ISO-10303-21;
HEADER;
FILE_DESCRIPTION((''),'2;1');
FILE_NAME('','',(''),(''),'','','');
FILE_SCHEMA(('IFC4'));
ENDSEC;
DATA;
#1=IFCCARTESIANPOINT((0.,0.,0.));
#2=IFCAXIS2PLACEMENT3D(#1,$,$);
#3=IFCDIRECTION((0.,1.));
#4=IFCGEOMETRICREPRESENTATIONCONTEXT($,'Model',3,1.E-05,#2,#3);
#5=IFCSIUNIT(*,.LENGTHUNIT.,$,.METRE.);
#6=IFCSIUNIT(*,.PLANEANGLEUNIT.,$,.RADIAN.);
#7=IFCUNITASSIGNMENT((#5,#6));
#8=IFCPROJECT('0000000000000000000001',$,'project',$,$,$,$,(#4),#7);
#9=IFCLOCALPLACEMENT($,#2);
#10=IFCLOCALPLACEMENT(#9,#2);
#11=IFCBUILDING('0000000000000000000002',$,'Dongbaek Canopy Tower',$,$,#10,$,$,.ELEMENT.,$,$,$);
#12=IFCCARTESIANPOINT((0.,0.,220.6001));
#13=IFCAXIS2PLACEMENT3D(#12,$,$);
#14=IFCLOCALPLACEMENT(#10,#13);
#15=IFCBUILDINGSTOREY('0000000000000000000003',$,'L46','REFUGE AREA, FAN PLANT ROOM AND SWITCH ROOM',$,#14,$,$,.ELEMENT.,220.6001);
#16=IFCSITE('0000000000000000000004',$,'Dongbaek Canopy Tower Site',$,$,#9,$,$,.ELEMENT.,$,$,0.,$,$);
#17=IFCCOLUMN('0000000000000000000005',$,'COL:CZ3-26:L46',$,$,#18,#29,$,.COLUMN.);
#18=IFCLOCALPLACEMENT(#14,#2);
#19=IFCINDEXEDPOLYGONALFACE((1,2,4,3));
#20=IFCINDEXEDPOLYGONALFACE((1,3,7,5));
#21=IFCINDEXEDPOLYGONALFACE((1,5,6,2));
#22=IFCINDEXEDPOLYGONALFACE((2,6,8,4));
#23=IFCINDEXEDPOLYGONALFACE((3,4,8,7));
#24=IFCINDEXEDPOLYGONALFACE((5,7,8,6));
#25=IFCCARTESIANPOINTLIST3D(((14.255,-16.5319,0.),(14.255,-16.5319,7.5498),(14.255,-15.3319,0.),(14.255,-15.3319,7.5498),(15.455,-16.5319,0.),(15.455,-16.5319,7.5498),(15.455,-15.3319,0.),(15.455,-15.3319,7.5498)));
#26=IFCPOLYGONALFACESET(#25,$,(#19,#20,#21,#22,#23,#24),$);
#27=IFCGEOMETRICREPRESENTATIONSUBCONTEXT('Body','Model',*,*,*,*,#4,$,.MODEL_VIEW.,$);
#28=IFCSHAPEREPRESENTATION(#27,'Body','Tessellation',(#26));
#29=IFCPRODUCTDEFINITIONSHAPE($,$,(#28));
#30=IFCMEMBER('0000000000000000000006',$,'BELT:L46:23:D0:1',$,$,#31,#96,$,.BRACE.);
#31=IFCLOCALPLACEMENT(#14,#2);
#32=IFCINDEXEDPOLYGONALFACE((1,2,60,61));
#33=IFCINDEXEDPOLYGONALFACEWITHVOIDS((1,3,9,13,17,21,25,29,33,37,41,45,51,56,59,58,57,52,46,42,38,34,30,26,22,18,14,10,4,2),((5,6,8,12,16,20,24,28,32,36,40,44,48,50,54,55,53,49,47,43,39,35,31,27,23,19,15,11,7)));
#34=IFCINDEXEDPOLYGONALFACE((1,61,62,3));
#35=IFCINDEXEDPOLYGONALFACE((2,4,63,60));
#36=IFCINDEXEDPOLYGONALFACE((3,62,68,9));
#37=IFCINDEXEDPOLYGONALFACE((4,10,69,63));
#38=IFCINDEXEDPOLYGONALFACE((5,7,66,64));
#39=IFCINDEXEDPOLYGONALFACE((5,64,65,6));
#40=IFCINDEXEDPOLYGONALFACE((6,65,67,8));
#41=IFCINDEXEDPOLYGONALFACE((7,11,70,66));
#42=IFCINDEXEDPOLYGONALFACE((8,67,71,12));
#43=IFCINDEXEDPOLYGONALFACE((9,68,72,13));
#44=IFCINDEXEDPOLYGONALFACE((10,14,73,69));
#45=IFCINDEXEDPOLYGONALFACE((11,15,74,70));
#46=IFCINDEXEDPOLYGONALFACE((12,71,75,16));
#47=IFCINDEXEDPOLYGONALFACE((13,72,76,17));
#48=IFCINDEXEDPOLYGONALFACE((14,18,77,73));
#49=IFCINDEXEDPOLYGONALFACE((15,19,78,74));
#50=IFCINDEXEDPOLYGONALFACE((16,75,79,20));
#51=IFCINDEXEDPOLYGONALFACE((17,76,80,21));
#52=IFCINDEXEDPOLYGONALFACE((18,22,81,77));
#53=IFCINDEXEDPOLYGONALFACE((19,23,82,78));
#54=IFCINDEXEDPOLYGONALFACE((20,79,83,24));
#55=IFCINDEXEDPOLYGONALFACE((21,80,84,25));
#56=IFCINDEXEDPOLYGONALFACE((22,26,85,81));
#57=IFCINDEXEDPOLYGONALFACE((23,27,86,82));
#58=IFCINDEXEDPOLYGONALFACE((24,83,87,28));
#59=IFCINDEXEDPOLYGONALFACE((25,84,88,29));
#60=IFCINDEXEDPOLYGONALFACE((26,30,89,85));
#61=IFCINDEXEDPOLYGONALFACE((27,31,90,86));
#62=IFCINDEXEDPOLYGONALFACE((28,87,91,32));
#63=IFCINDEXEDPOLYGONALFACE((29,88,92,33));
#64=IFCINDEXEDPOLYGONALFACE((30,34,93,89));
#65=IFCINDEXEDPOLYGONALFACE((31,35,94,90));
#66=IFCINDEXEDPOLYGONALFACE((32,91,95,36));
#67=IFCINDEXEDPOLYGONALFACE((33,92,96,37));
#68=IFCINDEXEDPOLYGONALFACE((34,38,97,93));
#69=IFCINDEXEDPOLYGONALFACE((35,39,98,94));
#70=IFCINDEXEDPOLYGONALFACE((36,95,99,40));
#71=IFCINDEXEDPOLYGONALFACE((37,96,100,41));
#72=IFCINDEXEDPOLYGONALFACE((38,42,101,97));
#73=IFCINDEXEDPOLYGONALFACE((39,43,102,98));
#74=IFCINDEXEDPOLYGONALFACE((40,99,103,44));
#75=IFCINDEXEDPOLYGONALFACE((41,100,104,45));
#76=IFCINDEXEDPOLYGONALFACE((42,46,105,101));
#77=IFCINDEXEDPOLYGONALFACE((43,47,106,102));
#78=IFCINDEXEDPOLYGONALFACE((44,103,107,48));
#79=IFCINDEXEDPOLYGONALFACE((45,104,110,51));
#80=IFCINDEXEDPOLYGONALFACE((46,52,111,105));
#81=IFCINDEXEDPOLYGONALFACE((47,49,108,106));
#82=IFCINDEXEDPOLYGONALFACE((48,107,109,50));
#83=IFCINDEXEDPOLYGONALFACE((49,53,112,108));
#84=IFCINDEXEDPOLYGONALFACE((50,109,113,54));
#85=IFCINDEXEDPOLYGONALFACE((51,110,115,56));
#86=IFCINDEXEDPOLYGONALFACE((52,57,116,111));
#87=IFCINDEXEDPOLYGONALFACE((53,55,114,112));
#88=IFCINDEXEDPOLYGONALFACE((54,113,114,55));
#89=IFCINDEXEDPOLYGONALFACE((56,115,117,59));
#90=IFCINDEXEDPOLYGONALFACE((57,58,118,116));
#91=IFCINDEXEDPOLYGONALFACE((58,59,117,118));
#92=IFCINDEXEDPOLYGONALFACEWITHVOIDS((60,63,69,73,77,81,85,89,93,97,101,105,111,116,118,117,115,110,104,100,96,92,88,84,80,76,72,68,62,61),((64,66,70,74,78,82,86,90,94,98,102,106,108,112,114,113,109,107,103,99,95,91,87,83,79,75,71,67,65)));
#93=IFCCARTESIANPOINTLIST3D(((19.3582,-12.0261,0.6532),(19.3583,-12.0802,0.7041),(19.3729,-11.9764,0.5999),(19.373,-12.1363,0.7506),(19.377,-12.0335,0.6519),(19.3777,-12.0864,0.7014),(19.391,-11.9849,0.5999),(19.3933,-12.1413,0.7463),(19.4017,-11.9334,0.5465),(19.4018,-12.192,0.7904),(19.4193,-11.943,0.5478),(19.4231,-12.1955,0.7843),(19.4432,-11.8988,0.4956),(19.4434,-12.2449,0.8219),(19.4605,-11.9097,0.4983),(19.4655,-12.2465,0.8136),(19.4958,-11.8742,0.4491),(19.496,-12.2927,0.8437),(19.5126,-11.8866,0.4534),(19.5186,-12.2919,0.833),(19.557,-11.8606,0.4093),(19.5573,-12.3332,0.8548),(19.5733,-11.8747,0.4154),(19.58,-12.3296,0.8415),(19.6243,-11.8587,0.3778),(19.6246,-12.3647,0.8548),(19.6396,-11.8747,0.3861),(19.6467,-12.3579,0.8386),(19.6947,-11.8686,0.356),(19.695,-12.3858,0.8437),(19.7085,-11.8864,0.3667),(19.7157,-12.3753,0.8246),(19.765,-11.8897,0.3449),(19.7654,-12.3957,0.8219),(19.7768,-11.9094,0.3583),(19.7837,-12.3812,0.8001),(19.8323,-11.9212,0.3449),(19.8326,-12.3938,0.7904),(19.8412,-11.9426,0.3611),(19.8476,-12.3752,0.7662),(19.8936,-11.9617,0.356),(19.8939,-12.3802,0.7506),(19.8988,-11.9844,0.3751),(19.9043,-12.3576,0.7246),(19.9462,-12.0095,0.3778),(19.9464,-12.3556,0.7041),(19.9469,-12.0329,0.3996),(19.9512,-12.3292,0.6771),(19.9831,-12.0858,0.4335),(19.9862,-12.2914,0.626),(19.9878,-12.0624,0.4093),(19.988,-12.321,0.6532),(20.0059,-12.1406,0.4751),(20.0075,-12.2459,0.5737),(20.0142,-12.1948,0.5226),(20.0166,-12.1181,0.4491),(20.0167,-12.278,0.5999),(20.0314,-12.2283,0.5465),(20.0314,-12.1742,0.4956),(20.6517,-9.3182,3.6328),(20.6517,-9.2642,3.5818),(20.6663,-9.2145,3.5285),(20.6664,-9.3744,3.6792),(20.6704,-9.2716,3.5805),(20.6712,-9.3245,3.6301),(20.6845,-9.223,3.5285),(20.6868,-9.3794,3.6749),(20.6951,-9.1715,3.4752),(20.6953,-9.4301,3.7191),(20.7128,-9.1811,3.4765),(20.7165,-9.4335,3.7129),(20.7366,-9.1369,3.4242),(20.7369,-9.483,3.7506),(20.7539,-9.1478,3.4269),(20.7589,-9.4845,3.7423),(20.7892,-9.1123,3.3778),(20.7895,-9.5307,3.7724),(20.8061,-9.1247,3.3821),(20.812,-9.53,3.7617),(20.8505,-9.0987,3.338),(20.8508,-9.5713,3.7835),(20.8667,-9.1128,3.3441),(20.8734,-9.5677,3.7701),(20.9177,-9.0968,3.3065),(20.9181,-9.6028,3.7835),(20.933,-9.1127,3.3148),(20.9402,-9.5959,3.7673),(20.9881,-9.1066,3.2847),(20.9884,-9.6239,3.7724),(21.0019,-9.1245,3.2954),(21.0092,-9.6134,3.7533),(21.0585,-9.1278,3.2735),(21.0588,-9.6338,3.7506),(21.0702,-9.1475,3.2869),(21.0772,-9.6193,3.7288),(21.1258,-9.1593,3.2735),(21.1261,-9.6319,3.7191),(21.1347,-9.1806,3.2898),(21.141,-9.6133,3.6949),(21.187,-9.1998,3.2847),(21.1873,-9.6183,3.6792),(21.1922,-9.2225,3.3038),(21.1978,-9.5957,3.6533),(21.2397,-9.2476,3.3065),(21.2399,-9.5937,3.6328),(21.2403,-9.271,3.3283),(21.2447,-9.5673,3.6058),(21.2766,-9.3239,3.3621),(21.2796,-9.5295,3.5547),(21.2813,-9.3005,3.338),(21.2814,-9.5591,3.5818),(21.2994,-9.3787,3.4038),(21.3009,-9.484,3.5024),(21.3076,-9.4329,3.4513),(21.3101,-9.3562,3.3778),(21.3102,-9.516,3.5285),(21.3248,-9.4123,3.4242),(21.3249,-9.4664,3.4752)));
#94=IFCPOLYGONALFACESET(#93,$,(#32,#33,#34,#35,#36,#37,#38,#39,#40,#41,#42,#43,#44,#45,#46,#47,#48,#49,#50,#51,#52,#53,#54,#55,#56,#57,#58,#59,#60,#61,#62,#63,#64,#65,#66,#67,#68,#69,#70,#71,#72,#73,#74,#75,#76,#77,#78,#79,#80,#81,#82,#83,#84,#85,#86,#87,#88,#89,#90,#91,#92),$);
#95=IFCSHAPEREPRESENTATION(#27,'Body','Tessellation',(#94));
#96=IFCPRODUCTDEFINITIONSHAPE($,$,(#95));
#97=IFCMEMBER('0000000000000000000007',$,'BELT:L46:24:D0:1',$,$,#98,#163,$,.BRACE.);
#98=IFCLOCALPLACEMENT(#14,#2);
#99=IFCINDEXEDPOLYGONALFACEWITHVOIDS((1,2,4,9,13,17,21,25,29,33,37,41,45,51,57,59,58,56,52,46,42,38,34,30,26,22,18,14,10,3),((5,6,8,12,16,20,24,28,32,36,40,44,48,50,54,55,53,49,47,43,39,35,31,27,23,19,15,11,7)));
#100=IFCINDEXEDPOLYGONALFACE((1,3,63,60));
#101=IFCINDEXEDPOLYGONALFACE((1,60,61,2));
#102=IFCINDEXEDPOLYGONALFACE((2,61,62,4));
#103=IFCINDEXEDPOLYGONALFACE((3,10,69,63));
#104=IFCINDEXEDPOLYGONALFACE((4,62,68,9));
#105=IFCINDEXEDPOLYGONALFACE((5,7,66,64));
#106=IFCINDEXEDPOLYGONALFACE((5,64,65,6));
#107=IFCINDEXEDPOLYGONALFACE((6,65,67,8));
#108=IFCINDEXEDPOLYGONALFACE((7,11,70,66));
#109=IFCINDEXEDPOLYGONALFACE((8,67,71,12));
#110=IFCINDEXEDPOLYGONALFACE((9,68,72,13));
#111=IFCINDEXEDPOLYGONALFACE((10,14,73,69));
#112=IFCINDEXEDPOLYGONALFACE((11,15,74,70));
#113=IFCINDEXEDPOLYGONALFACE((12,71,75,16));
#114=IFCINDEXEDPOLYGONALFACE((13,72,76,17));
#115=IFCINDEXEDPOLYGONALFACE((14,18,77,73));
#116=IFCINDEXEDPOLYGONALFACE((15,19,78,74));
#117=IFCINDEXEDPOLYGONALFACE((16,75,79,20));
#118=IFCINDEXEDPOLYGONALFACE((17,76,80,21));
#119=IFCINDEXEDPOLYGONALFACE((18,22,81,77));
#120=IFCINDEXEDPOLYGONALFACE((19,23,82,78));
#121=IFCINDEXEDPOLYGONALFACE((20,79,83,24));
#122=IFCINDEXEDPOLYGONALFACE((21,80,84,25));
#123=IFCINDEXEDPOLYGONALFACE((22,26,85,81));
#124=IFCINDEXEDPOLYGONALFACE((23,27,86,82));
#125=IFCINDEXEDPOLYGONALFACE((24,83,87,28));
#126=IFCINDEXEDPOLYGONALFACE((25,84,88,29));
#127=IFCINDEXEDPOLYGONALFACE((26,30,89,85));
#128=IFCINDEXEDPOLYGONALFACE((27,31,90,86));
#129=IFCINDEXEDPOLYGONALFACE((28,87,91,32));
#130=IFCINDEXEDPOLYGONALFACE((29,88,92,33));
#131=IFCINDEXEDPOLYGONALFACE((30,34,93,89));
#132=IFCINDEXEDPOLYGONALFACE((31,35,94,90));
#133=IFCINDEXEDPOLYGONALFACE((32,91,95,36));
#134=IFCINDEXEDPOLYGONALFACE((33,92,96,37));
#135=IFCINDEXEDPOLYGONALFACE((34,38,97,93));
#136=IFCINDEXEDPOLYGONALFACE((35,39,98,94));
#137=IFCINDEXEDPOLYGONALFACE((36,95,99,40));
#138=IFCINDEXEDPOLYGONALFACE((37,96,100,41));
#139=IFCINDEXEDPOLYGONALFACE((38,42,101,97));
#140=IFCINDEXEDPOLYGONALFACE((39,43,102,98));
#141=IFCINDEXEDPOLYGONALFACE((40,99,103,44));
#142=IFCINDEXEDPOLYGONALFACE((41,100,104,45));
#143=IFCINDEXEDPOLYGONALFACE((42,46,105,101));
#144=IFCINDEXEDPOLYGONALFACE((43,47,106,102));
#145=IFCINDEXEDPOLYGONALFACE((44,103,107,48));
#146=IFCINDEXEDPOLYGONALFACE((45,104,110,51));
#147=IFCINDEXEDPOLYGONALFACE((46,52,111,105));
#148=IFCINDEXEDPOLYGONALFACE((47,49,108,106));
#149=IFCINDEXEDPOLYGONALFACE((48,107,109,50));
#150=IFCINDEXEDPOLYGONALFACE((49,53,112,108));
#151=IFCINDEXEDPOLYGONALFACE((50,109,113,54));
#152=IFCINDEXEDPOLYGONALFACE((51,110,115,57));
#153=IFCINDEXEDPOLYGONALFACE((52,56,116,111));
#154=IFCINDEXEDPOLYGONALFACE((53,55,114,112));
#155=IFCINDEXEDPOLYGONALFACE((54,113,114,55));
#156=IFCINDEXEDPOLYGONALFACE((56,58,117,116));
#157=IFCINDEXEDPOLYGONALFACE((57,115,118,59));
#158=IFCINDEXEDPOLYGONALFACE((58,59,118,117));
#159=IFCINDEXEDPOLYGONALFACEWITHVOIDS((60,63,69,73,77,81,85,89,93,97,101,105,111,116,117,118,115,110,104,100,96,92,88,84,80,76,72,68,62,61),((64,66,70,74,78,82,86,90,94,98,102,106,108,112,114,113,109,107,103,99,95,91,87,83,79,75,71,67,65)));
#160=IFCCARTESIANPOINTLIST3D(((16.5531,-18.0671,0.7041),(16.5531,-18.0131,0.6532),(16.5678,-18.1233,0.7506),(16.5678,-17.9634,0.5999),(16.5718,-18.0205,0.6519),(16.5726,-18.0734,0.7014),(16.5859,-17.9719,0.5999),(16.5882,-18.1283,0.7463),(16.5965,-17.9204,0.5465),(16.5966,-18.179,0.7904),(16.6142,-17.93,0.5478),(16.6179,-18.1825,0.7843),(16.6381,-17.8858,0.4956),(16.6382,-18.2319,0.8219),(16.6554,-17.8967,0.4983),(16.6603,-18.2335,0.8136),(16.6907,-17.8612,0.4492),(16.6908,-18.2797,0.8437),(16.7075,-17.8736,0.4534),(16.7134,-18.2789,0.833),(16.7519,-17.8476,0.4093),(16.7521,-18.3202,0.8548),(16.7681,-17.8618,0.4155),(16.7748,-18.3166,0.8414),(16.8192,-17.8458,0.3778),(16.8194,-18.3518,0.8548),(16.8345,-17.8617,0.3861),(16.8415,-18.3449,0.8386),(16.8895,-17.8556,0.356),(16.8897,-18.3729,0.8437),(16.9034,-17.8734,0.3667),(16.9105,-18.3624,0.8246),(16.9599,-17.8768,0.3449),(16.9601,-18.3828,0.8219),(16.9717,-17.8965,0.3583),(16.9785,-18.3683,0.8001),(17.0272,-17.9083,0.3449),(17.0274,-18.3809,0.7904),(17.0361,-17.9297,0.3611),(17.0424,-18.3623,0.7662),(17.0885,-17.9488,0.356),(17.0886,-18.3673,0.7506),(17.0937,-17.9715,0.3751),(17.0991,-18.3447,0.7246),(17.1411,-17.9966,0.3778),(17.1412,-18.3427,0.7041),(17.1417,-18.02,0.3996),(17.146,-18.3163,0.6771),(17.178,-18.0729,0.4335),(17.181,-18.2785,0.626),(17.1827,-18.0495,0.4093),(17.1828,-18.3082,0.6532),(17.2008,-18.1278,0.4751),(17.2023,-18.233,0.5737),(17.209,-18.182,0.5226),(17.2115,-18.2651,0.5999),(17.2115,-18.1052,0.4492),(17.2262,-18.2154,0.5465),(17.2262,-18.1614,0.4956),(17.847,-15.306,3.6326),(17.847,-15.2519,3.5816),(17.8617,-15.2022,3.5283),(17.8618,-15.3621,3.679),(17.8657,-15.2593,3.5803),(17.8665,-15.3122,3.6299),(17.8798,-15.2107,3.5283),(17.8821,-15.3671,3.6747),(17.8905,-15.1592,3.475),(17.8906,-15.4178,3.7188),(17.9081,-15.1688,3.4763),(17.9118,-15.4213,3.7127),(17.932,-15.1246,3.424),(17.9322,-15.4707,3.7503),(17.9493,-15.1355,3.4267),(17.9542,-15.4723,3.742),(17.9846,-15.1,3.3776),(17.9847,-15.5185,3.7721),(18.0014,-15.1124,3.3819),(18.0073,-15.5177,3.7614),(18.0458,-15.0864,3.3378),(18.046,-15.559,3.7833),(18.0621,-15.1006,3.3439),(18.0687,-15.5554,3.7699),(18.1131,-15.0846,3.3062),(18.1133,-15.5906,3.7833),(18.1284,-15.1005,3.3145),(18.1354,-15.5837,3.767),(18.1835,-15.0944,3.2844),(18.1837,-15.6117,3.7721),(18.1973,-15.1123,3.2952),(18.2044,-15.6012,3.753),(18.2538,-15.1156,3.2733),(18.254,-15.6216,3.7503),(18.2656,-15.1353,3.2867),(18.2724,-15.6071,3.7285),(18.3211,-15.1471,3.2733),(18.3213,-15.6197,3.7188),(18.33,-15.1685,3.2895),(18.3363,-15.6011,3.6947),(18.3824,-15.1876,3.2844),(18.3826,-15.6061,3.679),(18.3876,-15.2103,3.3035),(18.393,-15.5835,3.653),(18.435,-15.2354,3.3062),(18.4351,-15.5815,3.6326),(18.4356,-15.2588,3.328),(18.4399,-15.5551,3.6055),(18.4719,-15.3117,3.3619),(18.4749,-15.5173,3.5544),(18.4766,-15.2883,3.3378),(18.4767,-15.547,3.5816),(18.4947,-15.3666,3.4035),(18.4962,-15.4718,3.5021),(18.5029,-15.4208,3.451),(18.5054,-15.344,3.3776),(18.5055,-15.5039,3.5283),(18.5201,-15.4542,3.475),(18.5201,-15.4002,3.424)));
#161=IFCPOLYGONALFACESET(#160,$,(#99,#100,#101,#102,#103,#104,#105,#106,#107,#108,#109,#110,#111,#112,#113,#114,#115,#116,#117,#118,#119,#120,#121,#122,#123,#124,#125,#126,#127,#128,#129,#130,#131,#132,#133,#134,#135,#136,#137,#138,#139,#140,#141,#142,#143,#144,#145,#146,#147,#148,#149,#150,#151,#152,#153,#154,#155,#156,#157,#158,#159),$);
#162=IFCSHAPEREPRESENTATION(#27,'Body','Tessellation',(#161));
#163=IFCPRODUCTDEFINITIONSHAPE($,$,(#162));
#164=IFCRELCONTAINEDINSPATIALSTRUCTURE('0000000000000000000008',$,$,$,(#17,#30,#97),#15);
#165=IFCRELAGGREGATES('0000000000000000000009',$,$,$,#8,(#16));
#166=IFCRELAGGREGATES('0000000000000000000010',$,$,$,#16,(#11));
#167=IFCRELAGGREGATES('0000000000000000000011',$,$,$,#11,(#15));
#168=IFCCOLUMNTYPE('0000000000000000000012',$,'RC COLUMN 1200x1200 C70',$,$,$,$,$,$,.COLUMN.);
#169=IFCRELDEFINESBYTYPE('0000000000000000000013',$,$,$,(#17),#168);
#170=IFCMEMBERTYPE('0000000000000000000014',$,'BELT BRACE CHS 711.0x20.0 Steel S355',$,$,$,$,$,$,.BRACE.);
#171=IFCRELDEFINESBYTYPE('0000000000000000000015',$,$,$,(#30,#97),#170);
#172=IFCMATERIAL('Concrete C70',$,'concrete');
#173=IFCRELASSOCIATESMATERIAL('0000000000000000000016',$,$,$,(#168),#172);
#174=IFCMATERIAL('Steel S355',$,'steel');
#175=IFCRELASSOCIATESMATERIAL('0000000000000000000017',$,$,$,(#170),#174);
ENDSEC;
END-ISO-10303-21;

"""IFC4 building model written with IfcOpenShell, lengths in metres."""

from ifc_helpers import new_model, si_unit, direction, frame, origin, origin_2d, place, context, subcontext, project, spatial, rectangle, hollow_circle, extrude, material, material_profile, profile_set, type_object, element, save


model = new_model("IFC4")

# Units and contexts
model_context = context("Model", 3, precision=1e-05, world=origin(), true_north=direction((0.0, 1.0)))
body_context = subcontext(model_context, "Body", "Model", "MODEL_VIEW")
ifc_project = project(units=[si_unit("LENGTHUNIT", "METRE"), si_unit("PLANEANGLEUNIT", "RADIAN")], contexts=[model_context])

# Site, building, storey
site_placement = place(None, origin())
site = spatial("IfcSite", under=ifc_project, at=site_placement, Name="Dongbaek Canopy Tower Site", CompositionType="ELEMENT", RefElevation=0.0)
building_placement = place(site_placement, origin())
building = spatial("IfcBuilding", under=site, at=building_placement, Name="Dongbaek Canopy Tower", CompositionType="ELEMENT")
storey_placement = place(building_placement, frame((0.0, 0.0, 220.6001)))
storey = spatial("IfcBuildingStorey", under=building, at=storey_placement, Name="L46", Description="REFUGE AREA, FAN PLANT ROOM AND SWITCH ROOM", CompositionType="ELEMENT", Elevation=220.6001)

# Column
ifc_material_1 = material(Name="Concrete C70", Category="concrete")
ifc_material_profile_1 = material_profile(ifc_material_1, rectangle(XDim=1.2, YDim=1.2, at=origin_2d()), Name="RC COLUMN 1200x1200 C70")
ifc_profile_set_1 = profile_set([ifc_material_profile_1], Name="Concrete C70")
column_type = type_object("IfcColumnType", Name="RC COLUMN 1200x1200 C70", PredefinedType="COLUMN", material=ifc_profile_set_1)
column_placement = place(storey_placement, frame((14.855, -15.9319, 0.0), z_axis=(0.0, 0.0, 1.0), x_axis=(1.0, 0.0, 0.0)))
element("IfcColumn", 1, at=column_placement, inside=storey, type_object=column_type, Name="COL:CZ3-26:L46", PredefinedType="COLUMN", context=body_context, shape_type="SweptSolid", body=[
    extrude(rectangle(XDim=1.2, YDim=1.2, at=origin_2d()), origin(), (0.0, 0.0, 1.0), 7.5498),
])

# Members
ifc_material_2 = material(Name="Steel S355", Category="steel")
ifc_material_profile_2 = material_profile(ifc_material_2, hollow_circle(Radius=0.3555, WallThickness=0.02, at=origin_2d()), Name="BELT BRACE CHS 711.0x20.0 Steel S355")
ifc_profile_set_2 = profile_set([ifc_material_profile_2], Name="Steel S355")
member_type_1 = type_object("IfcMemberType", Name="BELT BRACE CHS 711.0x20.0 Steel S355", PredefinedType="BRACE", material=ifc_profile_set_2)
member_1_placement = place(storey_placement, frame((19.6948, -12.1272, 0.5999), z_axis=(0.305902, 0.653203, 0.692639), x_axis=(-0.905612, 0.424108, 0.0)))
element("IfcMember", 2, at=member_1_placement, inside=storey, type_object=member_type_1, Name="BELT:L46:23:D0:1", PredefinedType="BRACE", context=body_context, shape_type="SweptSolid", body=[
    extrude(hollow_circle(Radius=0.3555, WallThickness=0.02, at=origin_2d()), origin(), (0.0, 0.0, 1.0), 4.2283),
])
member_2_placement = place(storey_placement, frame((16.8896, -18.1143, 0.5999), z_axis=(0.306054, 0.653107, 0.692663), x_axis=(-0.905507, 0.424331, 0.0)))
element("IfcMember", 3, at=member_2_placement, inside=storey, type_object=member_type_1, Name="BELT:L46:24:D0:1", PredefinedType="BRACE", context=body_context, shape_type="SweptSolid", body=[
    extrude(hollow_circle(Radius=0.3555, WallThickness=0.02, at=origin_2d()), origin(), (0.0, 0.0, 1.0), 4.2278),
])

save(model, "model.ifc")
